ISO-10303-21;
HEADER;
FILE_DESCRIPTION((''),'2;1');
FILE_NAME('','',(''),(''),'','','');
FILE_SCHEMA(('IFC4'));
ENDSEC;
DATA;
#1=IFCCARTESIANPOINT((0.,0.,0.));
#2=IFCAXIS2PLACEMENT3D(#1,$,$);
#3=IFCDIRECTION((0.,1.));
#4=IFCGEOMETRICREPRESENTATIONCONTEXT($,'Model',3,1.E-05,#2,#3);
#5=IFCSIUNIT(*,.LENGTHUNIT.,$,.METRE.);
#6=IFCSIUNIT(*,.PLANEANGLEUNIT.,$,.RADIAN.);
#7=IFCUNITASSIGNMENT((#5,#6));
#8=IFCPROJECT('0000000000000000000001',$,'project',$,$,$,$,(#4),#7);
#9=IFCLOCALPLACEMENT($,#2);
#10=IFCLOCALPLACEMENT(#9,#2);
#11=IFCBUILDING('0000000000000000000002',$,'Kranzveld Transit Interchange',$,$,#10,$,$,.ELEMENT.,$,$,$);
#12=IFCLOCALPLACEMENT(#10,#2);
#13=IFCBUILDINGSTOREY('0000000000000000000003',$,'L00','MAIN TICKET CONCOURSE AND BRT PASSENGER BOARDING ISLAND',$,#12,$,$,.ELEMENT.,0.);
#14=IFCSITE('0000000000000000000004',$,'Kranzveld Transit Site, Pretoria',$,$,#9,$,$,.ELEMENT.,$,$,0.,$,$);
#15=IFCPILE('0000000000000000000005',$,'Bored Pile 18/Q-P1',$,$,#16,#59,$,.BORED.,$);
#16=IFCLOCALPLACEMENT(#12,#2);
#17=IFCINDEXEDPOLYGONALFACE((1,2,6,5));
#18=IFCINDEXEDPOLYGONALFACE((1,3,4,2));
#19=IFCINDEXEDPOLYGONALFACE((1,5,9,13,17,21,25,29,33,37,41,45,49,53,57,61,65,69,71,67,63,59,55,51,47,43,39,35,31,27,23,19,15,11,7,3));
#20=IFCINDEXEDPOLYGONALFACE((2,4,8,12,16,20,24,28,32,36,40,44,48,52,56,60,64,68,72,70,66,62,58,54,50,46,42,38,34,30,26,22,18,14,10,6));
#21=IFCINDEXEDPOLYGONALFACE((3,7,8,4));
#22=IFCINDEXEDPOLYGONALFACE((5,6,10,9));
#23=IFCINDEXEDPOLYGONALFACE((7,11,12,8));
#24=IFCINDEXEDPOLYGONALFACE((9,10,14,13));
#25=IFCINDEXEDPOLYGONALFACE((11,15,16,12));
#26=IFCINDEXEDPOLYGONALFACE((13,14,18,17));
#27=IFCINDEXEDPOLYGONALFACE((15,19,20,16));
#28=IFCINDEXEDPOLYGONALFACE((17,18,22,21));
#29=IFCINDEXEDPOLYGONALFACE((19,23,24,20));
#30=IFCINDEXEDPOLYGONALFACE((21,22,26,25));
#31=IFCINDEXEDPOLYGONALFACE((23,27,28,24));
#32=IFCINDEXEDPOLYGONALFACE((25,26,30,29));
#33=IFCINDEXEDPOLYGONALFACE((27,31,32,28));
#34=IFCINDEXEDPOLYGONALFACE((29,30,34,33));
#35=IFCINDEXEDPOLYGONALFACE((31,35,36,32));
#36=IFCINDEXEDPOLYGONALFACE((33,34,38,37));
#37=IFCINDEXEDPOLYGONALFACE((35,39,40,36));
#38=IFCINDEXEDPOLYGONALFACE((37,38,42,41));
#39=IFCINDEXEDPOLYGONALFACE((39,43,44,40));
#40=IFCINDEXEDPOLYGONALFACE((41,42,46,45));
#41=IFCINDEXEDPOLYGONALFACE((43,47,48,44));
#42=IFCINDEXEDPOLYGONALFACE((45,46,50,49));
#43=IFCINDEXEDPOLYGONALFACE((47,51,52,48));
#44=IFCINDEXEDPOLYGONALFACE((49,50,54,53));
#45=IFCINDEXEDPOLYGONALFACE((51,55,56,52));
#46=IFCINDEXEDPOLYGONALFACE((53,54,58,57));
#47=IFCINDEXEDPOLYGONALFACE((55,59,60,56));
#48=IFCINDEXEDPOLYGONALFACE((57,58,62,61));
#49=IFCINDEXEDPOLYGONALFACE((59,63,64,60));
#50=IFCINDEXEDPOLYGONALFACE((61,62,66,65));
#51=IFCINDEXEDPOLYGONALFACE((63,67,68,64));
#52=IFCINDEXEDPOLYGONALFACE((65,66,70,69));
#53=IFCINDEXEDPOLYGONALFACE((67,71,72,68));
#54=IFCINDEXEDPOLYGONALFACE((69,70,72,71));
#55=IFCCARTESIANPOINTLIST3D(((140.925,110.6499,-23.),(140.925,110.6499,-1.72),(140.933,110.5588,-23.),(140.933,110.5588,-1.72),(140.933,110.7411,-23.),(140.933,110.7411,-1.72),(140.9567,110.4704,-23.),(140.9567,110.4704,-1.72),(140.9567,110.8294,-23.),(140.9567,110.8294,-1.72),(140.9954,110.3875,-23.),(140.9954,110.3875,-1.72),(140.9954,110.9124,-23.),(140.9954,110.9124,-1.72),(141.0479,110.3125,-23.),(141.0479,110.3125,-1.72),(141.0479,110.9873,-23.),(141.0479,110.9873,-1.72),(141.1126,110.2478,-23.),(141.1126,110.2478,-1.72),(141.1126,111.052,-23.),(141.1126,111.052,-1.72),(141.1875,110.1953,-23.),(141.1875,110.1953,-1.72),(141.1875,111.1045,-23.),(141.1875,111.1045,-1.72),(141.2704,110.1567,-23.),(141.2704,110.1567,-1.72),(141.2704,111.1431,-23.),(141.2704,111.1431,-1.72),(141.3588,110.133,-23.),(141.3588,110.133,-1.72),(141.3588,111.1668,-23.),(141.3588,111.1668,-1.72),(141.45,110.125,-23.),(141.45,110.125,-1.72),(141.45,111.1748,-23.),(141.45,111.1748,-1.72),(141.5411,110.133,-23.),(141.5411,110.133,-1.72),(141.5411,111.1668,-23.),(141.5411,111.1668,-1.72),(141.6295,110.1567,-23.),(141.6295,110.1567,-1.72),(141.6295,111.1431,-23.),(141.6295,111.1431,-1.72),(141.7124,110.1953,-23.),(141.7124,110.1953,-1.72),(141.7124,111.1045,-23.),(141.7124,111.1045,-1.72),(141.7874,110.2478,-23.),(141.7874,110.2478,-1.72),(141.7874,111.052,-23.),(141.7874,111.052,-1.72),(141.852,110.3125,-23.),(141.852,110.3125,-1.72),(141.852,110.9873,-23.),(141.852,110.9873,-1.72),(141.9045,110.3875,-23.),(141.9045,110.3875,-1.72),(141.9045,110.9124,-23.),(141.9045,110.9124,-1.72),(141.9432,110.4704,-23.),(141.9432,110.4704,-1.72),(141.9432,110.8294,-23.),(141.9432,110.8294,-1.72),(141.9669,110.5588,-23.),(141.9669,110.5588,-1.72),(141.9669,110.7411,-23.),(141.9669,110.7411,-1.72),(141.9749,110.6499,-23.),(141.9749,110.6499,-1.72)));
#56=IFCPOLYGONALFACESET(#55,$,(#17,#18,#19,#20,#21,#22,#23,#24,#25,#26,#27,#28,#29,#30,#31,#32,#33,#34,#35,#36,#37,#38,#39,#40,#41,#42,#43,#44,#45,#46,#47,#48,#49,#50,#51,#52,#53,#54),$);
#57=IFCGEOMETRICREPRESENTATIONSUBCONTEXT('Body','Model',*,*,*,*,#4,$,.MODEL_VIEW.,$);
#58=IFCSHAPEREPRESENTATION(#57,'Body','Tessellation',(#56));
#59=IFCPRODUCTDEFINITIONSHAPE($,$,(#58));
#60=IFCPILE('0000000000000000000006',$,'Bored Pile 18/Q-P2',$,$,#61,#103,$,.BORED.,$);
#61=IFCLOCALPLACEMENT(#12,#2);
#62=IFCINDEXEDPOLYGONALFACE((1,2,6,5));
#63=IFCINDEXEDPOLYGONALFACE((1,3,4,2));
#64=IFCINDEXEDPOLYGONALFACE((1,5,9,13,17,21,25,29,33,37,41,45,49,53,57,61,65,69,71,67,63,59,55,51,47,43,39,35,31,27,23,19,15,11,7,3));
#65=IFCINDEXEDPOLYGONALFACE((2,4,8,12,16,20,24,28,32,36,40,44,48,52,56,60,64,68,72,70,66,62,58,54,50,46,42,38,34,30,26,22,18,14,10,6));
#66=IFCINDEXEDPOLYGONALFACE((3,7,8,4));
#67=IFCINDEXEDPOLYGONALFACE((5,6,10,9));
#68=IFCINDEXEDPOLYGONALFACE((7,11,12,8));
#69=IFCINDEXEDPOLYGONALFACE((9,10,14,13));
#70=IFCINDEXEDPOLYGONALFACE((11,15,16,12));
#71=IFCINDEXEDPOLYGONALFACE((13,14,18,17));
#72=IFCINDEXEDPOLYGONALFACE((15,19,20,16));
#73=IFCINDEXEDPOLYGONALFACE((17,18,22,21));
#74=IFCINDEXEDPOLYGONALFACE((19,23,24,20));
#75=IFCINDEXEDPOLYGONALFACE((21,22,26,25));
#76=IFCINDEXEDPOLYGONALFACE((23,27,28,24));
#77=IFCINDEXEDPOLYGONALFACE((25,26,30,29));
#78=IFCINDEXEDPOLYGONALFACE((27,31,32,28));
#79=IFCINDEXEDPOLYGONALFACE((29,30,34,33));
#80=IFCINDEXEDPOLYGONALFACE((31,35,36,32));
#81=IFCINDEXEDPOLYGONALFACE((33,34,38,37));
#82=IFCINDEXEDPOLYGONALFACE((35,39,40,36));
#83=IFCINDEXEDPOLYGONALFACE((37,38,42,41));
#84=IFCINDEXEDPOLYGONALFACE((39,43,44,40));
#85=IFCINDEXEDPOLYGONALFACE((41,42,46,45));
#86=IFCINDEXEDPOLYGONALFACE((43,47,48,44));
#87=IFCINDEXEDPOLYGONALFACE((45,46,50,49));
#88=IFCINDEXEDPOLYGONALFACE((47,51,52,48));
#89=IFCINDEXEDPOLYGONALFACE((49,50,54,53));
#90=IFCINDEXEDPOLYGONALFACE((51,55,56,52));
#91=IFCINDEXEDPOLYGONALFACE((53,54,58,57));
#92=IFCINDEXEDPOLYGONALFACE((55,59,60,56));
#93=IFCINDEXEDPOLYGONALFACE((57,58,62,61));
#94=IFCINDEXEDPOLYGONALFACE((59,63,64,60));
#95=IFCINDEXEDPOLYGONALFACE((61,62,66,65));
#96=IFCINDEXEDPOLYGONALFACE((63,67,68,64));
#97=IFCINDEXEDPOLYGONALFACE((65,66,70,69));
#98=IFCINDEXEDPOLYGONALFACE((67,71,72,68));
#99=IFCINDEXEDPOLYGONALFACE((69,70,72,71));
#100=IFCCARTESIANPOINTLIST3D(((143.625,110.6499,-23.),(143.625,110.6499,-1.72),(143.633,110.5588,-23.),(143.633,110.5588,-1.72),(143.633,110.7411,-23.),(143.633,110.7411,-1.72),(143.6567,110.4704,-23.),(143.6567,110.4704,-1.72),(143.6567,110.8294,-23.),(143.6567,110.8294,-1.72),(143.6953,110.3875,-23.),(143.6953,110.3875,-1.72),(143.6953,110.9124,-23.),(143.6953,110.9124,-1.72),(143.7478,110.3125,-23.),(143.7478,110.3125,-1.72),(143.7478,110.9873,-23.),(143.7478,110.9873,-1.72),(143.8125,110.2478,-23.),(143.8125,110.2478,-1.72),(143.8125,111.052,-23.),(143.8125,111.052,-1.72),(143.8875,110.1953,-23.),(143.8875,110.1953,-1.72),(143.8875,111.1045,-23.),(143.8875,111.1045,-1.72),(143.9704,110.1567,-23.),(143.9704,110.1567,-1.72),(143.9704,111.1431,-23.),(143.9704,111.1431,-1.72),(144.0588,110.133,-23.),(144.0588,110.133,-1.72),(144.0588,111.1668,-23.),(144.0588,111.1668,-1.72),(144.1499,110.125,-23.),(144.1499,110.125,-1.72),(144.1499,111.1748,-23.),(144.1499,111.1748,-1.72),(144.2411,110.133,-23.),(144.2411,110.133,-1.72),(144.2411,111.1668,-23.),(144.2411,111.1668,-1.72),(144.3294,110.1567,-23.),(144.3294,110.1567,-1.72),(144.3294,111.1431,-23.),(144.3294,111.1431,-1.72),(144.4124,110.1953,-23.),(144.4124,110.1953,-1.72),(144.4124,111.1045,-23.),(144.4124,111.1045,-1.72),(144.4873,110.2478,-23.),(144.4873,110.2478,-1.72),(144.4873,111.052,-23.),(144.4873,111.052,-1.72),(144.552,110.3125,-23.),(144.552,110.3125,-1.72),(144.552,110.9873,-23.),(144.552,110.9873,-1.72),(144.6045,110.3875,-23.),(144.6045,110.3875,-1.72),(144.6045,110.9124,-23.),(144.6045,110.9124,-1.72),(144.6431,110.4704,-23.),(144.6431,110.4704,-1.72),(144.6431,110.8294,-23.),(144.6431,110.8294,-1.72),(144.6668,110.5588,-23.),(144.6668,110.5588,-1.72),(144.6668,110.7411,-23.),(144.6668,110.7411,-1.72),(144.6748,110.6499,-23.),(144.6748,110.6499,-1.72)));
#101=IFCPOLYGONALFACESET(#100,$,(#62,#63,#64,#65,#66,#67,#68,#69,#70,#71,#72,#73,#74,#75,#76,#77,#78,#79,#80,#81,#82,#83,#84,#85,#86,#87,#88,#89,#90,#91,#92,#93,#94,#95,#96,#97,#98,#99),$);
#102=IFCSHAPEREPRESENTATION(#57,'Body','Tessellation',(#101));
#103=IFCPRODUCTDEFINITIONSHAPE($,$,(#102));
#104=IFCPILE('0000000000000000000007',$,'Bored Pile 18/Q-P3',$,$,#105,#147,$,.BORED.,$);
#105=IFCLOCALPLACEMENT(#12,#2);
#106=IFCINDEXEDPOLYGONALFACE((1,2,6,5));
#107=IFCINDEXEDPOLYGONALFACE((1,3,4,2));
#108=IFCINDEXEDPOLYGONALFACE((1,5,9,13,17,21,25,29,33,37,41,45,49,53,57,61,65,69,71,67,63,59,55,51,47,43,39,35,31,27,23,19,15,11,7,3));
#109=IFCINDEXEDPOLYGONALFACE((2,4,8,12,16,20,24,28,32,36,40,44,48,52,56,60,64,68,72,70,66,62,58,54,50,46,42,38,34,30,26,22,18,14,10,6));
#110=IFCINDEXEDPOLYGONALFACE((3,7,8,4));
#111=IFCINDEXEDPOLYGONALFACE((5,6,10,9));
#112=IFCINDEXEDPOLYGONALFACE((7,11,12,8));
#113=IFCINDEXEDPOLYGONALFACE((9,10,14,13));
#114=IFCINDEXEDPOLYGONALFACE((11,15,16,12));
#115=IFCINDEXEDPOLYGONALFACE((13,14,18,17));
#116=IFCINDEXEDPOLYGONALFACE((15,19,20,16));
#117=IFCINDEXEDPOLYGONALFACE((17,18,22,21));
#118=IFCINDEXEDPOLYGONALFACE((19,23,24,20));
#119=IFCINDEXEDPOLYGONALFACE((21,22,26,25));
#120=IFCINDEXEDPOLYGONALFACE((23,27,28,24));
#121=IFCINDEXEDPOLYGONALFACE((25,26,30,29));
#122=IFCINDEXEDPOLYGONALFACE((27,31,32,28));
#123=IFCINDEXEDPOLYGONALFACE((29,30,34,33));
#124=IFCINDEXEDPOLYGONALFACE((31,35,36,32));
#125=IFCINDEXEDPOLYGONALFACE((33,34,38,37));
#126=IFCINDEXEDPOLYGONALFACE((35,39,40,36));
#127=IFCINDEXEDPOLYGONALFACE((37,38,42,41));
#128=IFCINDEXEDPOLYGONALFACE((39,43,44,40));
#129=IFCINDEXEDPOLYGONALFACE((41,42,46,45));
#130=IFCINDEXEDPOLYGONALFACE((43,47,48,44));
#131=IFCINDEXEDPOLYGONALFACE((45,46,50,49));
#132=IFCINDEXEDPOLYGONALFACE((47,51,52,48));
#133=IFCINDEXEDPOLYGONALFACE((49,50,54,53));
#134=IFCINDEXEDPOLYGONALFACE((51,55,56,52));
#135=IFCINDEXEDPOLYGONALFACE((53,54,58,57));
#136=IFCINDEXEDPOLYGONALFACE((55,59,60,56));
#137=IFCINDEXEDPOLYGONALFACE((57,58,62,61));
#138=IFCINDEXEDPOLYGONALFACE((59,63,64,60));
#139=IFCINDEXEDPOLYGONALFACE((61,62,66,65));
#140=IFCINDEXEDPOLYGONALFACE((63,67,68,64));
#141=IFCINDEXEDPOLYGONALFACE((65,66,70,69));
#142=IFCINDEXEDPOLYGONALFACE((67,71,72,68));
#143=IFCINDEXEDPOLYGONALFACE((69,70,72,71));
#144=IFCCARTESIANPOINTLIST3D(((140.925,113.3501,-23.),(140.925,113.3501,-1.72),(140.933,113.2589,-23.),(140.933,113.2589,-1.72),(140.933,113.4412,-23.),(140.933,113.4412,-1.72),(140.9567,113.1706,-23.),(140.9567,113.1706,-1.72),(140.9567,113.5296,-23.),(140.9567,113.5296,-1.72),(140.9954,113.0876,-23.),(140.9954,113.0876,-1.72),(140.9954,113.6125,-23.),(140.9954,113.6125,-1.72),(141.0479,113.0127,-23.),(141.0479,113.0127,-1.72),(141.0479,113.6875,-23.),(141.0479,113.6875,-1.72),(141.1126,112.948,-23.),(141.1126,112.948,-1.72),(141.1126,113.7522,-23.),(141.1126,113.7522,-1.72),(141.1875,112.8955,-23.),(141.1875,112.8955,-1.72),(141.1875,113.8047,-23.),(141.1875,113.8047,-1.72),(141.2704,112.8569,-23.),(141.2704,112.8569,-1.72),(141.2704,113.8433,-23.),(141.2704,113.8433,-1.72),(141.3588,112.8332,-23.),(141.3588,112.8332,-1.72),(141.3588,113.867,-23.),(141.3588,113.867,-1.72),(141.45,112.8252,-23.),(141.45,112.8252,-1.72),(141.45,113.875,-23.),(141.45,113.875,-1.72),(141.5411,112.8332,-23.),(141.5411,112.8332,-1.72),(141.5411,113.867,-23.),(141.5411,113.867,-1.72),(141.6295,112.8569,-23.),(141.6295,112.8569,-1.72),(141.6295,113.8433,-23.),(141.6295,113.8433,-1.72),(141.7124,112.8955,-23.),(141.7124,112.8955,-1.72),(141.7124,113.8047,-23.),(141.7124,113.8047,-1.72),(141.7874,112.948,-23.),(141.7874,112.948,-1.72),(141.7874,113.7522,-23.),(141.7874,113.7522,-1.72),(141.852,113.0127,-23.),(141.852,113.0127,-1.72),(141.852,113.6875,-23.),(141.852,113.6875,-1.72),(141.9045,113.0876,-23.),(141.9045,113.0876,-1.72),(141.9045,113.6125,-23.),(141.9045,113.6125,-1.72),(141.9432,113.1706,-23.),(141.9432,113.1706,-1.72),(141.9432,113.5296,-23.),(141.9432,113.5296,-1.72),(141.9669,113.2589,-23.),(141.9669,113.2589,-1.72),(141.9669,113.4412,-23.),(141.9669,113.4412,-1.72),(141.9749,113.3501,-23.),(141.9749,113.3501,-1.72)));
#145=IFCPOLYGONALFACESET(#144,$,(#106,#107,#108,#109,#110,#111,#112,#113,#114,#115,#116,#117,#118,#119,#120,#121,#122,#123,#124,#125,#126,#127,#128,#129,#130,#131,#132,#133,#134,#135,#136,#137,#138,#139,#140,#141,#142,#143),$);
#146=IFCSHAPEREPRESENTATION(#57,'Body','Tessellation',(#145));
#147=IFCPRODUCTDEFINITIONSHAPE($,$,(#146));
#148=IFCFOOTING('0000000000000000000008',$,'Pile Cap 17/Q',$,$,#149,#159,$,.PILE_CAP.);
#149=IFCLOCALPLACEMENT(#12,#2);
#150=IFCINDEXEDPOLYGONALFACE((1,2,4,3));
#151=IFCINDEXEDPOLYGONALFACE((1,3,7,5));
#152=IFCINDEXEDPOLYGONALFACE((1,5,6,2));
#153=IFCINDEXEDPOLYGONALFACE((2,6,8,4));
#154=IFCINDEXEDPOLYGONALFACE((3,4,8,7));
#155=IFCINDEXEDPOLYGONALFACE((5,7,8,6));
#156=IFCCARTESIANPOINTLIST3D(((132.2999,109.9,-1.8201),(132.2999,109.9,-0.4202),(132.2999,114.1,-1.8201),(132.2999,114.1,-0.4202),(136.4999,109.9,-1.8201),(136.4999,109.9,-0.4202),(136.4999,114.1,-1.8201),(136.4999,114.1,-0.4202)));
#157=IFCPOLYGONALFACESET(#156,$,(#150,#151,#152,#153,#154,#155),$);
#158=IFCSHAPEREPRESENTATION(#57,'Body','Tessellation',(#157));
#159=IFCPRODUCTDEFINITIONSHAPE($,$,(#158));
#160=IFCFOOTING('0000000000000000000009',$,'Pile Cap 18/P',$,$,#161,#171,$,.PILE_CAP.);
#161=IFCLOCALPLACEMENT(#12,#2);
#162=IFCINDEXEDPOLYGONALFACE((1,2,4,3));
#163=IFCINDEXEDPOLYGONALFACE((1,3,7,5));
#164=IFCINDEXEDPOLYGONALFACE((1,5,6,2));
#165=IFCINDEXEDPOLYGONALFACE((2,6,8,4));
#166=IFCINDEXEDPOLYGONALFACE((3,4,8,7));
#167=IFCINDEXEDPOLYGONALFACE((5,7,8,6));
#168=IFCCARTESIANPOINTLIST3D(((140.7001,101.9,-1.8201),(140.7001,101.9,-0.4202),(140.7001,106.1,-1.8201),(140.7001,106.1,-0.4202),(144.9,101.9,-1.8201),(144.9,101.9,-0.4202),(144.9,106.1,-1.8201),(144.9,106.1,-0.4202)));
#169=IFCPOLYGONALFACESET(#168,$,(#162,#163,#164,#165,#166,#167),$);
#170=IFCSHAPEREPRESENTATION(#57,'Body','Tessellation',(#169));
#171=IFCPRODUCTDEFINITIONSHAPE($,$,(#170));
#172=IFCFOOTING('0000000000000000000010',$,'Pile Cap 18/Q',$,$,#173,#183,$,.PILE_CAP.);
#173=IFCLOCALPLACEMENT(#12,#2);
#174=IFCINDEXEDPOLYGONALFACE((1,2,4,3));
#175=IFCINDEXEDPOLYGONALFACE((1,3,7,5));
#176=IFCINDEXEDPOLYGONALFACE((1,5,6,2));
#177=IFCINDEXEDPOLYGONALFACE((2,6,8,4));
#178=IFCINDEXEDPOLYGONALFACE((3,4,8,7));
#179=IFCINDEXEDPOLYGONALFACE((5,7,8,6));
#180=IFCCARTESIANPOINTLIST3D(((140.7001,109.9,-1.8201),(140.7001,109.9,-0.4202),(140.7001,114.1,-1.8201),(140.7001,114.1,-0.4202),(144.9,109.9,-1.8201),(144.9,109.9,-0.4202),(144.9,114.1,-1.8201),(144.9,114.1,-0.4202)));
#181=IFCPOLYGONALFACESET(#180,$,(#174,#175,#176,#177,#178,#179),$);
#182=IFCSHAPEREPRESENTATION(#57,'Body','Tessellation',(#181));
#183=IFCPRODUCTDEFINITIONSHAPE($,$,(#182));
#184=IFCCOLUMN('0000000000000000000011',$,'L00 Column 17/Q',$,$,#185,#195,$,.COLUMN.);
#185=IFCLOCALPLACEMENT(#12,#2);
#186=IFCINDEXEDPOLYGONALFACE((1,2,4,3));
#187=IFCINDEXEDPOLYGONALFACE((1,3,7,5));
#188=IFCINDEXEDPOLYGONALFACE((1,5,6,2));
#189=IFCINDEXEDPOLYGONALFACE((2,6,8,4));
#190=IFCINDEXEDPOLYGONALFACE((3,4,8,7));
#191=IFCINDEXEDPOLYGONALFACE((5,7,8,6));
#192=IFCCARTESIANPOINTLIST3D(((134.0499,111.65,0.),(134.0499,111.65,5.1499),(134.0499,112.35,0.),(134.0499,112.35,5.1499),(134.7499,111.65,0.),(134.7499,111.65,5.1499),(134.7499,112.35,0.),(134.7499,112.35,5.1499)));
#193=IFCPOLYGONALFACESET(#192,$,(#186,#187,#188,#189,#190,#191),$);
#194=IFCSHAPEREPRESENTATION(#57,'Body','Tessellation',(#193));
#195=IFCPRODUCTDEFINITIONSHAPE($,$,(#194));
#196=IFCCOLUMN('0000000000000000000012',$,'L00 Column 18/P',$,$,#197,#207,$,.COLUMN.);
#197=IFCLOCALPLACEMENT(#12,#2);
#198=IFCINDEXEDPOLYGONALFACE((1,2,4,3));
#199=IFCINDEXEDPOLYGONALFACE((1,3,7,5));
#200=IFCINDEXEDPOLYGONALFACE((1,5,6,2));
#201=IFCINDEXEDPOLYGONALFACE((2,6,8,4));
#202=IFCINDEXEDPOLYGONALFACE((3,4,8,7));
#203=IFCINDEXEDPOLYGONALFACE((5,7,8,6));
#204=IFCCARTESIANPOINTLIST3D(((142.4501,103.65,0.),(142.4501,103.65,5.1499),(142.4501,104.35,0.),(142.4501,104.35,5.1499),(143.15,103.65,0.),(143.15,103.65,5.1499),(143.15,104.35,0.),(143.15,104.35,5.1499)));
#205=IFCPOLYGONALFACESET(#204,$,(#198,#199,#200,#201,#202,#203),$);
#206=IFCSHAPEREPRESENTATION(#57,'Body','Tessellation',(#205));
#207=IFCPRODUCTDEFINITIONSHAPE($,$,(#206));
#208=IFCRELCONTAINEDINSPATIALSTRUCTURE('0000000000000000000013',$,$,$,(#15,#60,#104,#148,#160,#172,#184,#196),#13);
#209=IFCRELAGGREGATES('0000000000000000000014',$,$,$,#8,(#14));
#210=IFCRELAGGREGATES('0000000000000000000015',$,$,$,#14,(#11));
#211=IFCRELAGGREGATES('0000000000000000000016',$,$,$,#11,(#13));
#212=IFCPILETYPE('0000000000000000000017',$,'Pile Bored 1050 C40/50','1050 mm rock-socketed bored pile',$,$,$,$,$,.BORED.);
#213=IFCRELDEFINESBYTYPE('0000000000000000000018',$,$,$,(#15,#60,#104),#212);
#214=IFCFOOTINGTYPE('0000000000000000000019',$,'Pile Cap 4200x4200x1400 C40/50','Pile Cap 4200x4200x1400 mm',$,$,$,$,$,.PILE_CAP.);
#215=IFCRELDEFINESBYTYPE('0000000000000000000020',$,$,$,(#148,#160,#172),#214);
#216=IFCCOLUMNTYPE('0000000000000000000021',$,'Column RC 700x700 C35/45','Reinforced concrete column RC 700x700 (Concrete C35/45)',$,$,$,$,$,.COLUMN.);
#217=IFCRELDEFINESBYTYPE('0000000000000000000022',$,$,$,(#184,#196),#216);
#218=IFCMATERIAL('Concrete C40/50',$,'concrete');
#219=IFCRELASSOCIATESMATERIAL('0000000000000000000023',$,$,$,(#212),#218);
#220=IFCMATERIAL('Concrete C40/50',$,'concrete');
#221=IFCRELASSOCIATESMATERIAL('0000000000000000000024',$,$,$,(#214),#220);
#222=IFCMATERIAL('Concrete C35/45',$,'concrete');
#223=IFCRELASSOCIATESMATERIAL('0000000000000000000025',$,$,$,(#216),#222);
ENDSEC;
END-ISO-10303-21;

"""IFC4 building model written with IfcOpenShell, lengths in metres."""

from ifc_helpers import new_model, si_unit, direction, frame, origin, origin_2d, place, context, subcontext, project, spatial, rectangle, circle, extrude, material, material_profile, profile_set, type_object, element, save


model = new_model("IFC4")

# Units and contexts
model_context = context("Model", 3, precision=1e-05, world=origin(), true_north=direction((0.0, 1.0)))
body_context = subcontext(model_context, "Body", "Model", "MODEL_VIEW")
ifc_project = project(units=[si_unit("LENGTHUNIT", "METRE"), si_unit("PLANEANGLEUNIT", "RADIAN")], contexts=[model_context])

# Site, building, storey
site_placement = place(None, origin())
site = spatial("IfcSite", under=ifc_project, at=site_placement, Name="Kranzveld Transit Site, Pretoria", CompositionType="ELEMENT", RefElevation=0.0)
building_placement = place(site_placement, origin())
building = spatial("IfcBuilding", under=site, at=building_placement, Name="Kranzveld Transit Interchange", CompositionType="ELEMENT")
storey_placement = place(building_placement, origin())
storey = spatial("IfcBuildingStorey", under=building, at=storey_placement, Name="L00", Description="MAIN TICKET CONCOURSE AND BRT PASSENGER BOARDING ISLAND", CompositionType="ELEMENT", Elevation=0.0)

# Piles
ifc_material_1 = material(Name="Concrete C40/50", Category="concrete")
ifc_material_profile_1 = material_profile(ifc_material_1, circle(Radius=0.5249, at=origin_2d()), Name="BORED PILE 1050")
ifc_profile_set_1 = profile_set([ifc_material_profile_1], Name="Concrete C40/50")
pile_type = type_object("IfcPileType", Name="Pile Bored 1050 C40/50", Description="1050 mm rock-socketed bored pile", PredefinedType="BORED", material=ifc_profile_set_1)
for number, where, z_axis, x_axis, name in (
    (1, (141.45, 110.6499, -1.72), (0.0, 0.0, -1.0), (1.0, 0.0, 0.0), "Bored Pile 18/Q-P1"),
    (2, (144.1499, 110.6499, -1.72), (0.0, 0.0, -1.0), (1.0, 0.0, 0.0), "Bored Pile 18/Q-P2"),
    (3, (141.45, 113.3501, -1.72), (0.0, 0.0, -1.0), (1.0, 0.0, 0.0), "Bored Pile 18/Q-P3"),
):
    element("IfcPile", number, at=place(storey_placement, frame(where, z_axis=z_axis, x_axis=x_axis)), inside=storey, type_object=pile_type, Name=name, PredefinedType="BORED", context=body_context, shape_type="SweptSolid", body=[
        extrude(circle(Radius=0.5249, at=origin_2d()), origin(), (0.0, 0.0, 1.0), 21.28),
    ])

# Footings
ifc_material_2 = material(Name="Concrete C40/50", Category="concrete")
footing_type_1 = type_object("IfcFootingType", Name="Pile Cap 4200x4200x1400 C40/50", Description="Pile Cap 4200x4200x1400 mm", PredefinedType="PILE_CAP", material=ifc_material_2)
for number, where, z_axis, x_axis, name in (
    (4, (134.3999, 112.0, -1.8201), (0.0, 0.0, 1.0), (1.0, 0.0, 0.0), "Pile Cap 17/Q"),
    (5, (142.8, 104.0, -1.8201), (0.0, 0.0, 1.0), (1.0, 0.0, 0.0), "Pile Cap 18/P"),
    (6, (142.8, 112.0, -1.8201), (0.0, 0.0, 1.0), (1.0, 0.0, 0.0), "Pile Cap 18/Q"),
):
    element("IfcFooting", number, at=place(storey_placement, frame(where, z_axis=z_axis, x_axis=x_axis)), inside=storey, type_object=footing_type_1, Name=name, PredefinedType="PILE_CAP", context=body_context, shape_type="SweptSolid", body=[
        extrude(rectangle(XDim=4.2, YDim=4.2, at=origin_2d()), origin(), (0.0, 0.0, 1.0), 1.3999),
    ])

# Columns
ifc_material_3 = material(Name="Concrete C35/45", Category="concrete")
ifc_material_profile_2 = material_profile(ifc_material_3, rectangle(XDim=0.7, YDim=0.7, at=origin_2d()), Name="RC 700x700")
ifc_profile_set_2 = profile_set([ifc_material_profile_2], Name="Concrete C35/45")
column_type_1 = type_object("IfcColumnType", Name="Column RC 700x700 C35/45", Description="Reinforced concrete column RC 700x700 (Concrete C35/45)", PredefinedType="COLUMN", material=ifc_profile_set_2)
for number, where, z_axis, x_axis, name in (
    (7, (134.3999, 112.0, 0.0), (0.0, 0.0, 1.0), (1.0, 0.0, 0.0), "L00 Column 17/Q"),
    (8, (142.8, 104.0, 0.0), (0.0, 0.0, 1.0), (1.0, 0.0, 0.0), "L00 Column 18/P"),
):
    element("IfcColumn", number, at=place(storey_placement, frame(where, z_axis=z_axis, x_axis=x_axis)), inside=storey, type_object=column_type_1, Name=name, PredefinedType="COLUMN", context=body_context, shape_type="SweptSolid", body=[
        extrude(rectangle(XDim=0.7, YDim=0.7, at=origin_2d()), origin(), (0.0, 0.0, 1.0), 5.1499),
    ])

save(model, "model.ifc")
